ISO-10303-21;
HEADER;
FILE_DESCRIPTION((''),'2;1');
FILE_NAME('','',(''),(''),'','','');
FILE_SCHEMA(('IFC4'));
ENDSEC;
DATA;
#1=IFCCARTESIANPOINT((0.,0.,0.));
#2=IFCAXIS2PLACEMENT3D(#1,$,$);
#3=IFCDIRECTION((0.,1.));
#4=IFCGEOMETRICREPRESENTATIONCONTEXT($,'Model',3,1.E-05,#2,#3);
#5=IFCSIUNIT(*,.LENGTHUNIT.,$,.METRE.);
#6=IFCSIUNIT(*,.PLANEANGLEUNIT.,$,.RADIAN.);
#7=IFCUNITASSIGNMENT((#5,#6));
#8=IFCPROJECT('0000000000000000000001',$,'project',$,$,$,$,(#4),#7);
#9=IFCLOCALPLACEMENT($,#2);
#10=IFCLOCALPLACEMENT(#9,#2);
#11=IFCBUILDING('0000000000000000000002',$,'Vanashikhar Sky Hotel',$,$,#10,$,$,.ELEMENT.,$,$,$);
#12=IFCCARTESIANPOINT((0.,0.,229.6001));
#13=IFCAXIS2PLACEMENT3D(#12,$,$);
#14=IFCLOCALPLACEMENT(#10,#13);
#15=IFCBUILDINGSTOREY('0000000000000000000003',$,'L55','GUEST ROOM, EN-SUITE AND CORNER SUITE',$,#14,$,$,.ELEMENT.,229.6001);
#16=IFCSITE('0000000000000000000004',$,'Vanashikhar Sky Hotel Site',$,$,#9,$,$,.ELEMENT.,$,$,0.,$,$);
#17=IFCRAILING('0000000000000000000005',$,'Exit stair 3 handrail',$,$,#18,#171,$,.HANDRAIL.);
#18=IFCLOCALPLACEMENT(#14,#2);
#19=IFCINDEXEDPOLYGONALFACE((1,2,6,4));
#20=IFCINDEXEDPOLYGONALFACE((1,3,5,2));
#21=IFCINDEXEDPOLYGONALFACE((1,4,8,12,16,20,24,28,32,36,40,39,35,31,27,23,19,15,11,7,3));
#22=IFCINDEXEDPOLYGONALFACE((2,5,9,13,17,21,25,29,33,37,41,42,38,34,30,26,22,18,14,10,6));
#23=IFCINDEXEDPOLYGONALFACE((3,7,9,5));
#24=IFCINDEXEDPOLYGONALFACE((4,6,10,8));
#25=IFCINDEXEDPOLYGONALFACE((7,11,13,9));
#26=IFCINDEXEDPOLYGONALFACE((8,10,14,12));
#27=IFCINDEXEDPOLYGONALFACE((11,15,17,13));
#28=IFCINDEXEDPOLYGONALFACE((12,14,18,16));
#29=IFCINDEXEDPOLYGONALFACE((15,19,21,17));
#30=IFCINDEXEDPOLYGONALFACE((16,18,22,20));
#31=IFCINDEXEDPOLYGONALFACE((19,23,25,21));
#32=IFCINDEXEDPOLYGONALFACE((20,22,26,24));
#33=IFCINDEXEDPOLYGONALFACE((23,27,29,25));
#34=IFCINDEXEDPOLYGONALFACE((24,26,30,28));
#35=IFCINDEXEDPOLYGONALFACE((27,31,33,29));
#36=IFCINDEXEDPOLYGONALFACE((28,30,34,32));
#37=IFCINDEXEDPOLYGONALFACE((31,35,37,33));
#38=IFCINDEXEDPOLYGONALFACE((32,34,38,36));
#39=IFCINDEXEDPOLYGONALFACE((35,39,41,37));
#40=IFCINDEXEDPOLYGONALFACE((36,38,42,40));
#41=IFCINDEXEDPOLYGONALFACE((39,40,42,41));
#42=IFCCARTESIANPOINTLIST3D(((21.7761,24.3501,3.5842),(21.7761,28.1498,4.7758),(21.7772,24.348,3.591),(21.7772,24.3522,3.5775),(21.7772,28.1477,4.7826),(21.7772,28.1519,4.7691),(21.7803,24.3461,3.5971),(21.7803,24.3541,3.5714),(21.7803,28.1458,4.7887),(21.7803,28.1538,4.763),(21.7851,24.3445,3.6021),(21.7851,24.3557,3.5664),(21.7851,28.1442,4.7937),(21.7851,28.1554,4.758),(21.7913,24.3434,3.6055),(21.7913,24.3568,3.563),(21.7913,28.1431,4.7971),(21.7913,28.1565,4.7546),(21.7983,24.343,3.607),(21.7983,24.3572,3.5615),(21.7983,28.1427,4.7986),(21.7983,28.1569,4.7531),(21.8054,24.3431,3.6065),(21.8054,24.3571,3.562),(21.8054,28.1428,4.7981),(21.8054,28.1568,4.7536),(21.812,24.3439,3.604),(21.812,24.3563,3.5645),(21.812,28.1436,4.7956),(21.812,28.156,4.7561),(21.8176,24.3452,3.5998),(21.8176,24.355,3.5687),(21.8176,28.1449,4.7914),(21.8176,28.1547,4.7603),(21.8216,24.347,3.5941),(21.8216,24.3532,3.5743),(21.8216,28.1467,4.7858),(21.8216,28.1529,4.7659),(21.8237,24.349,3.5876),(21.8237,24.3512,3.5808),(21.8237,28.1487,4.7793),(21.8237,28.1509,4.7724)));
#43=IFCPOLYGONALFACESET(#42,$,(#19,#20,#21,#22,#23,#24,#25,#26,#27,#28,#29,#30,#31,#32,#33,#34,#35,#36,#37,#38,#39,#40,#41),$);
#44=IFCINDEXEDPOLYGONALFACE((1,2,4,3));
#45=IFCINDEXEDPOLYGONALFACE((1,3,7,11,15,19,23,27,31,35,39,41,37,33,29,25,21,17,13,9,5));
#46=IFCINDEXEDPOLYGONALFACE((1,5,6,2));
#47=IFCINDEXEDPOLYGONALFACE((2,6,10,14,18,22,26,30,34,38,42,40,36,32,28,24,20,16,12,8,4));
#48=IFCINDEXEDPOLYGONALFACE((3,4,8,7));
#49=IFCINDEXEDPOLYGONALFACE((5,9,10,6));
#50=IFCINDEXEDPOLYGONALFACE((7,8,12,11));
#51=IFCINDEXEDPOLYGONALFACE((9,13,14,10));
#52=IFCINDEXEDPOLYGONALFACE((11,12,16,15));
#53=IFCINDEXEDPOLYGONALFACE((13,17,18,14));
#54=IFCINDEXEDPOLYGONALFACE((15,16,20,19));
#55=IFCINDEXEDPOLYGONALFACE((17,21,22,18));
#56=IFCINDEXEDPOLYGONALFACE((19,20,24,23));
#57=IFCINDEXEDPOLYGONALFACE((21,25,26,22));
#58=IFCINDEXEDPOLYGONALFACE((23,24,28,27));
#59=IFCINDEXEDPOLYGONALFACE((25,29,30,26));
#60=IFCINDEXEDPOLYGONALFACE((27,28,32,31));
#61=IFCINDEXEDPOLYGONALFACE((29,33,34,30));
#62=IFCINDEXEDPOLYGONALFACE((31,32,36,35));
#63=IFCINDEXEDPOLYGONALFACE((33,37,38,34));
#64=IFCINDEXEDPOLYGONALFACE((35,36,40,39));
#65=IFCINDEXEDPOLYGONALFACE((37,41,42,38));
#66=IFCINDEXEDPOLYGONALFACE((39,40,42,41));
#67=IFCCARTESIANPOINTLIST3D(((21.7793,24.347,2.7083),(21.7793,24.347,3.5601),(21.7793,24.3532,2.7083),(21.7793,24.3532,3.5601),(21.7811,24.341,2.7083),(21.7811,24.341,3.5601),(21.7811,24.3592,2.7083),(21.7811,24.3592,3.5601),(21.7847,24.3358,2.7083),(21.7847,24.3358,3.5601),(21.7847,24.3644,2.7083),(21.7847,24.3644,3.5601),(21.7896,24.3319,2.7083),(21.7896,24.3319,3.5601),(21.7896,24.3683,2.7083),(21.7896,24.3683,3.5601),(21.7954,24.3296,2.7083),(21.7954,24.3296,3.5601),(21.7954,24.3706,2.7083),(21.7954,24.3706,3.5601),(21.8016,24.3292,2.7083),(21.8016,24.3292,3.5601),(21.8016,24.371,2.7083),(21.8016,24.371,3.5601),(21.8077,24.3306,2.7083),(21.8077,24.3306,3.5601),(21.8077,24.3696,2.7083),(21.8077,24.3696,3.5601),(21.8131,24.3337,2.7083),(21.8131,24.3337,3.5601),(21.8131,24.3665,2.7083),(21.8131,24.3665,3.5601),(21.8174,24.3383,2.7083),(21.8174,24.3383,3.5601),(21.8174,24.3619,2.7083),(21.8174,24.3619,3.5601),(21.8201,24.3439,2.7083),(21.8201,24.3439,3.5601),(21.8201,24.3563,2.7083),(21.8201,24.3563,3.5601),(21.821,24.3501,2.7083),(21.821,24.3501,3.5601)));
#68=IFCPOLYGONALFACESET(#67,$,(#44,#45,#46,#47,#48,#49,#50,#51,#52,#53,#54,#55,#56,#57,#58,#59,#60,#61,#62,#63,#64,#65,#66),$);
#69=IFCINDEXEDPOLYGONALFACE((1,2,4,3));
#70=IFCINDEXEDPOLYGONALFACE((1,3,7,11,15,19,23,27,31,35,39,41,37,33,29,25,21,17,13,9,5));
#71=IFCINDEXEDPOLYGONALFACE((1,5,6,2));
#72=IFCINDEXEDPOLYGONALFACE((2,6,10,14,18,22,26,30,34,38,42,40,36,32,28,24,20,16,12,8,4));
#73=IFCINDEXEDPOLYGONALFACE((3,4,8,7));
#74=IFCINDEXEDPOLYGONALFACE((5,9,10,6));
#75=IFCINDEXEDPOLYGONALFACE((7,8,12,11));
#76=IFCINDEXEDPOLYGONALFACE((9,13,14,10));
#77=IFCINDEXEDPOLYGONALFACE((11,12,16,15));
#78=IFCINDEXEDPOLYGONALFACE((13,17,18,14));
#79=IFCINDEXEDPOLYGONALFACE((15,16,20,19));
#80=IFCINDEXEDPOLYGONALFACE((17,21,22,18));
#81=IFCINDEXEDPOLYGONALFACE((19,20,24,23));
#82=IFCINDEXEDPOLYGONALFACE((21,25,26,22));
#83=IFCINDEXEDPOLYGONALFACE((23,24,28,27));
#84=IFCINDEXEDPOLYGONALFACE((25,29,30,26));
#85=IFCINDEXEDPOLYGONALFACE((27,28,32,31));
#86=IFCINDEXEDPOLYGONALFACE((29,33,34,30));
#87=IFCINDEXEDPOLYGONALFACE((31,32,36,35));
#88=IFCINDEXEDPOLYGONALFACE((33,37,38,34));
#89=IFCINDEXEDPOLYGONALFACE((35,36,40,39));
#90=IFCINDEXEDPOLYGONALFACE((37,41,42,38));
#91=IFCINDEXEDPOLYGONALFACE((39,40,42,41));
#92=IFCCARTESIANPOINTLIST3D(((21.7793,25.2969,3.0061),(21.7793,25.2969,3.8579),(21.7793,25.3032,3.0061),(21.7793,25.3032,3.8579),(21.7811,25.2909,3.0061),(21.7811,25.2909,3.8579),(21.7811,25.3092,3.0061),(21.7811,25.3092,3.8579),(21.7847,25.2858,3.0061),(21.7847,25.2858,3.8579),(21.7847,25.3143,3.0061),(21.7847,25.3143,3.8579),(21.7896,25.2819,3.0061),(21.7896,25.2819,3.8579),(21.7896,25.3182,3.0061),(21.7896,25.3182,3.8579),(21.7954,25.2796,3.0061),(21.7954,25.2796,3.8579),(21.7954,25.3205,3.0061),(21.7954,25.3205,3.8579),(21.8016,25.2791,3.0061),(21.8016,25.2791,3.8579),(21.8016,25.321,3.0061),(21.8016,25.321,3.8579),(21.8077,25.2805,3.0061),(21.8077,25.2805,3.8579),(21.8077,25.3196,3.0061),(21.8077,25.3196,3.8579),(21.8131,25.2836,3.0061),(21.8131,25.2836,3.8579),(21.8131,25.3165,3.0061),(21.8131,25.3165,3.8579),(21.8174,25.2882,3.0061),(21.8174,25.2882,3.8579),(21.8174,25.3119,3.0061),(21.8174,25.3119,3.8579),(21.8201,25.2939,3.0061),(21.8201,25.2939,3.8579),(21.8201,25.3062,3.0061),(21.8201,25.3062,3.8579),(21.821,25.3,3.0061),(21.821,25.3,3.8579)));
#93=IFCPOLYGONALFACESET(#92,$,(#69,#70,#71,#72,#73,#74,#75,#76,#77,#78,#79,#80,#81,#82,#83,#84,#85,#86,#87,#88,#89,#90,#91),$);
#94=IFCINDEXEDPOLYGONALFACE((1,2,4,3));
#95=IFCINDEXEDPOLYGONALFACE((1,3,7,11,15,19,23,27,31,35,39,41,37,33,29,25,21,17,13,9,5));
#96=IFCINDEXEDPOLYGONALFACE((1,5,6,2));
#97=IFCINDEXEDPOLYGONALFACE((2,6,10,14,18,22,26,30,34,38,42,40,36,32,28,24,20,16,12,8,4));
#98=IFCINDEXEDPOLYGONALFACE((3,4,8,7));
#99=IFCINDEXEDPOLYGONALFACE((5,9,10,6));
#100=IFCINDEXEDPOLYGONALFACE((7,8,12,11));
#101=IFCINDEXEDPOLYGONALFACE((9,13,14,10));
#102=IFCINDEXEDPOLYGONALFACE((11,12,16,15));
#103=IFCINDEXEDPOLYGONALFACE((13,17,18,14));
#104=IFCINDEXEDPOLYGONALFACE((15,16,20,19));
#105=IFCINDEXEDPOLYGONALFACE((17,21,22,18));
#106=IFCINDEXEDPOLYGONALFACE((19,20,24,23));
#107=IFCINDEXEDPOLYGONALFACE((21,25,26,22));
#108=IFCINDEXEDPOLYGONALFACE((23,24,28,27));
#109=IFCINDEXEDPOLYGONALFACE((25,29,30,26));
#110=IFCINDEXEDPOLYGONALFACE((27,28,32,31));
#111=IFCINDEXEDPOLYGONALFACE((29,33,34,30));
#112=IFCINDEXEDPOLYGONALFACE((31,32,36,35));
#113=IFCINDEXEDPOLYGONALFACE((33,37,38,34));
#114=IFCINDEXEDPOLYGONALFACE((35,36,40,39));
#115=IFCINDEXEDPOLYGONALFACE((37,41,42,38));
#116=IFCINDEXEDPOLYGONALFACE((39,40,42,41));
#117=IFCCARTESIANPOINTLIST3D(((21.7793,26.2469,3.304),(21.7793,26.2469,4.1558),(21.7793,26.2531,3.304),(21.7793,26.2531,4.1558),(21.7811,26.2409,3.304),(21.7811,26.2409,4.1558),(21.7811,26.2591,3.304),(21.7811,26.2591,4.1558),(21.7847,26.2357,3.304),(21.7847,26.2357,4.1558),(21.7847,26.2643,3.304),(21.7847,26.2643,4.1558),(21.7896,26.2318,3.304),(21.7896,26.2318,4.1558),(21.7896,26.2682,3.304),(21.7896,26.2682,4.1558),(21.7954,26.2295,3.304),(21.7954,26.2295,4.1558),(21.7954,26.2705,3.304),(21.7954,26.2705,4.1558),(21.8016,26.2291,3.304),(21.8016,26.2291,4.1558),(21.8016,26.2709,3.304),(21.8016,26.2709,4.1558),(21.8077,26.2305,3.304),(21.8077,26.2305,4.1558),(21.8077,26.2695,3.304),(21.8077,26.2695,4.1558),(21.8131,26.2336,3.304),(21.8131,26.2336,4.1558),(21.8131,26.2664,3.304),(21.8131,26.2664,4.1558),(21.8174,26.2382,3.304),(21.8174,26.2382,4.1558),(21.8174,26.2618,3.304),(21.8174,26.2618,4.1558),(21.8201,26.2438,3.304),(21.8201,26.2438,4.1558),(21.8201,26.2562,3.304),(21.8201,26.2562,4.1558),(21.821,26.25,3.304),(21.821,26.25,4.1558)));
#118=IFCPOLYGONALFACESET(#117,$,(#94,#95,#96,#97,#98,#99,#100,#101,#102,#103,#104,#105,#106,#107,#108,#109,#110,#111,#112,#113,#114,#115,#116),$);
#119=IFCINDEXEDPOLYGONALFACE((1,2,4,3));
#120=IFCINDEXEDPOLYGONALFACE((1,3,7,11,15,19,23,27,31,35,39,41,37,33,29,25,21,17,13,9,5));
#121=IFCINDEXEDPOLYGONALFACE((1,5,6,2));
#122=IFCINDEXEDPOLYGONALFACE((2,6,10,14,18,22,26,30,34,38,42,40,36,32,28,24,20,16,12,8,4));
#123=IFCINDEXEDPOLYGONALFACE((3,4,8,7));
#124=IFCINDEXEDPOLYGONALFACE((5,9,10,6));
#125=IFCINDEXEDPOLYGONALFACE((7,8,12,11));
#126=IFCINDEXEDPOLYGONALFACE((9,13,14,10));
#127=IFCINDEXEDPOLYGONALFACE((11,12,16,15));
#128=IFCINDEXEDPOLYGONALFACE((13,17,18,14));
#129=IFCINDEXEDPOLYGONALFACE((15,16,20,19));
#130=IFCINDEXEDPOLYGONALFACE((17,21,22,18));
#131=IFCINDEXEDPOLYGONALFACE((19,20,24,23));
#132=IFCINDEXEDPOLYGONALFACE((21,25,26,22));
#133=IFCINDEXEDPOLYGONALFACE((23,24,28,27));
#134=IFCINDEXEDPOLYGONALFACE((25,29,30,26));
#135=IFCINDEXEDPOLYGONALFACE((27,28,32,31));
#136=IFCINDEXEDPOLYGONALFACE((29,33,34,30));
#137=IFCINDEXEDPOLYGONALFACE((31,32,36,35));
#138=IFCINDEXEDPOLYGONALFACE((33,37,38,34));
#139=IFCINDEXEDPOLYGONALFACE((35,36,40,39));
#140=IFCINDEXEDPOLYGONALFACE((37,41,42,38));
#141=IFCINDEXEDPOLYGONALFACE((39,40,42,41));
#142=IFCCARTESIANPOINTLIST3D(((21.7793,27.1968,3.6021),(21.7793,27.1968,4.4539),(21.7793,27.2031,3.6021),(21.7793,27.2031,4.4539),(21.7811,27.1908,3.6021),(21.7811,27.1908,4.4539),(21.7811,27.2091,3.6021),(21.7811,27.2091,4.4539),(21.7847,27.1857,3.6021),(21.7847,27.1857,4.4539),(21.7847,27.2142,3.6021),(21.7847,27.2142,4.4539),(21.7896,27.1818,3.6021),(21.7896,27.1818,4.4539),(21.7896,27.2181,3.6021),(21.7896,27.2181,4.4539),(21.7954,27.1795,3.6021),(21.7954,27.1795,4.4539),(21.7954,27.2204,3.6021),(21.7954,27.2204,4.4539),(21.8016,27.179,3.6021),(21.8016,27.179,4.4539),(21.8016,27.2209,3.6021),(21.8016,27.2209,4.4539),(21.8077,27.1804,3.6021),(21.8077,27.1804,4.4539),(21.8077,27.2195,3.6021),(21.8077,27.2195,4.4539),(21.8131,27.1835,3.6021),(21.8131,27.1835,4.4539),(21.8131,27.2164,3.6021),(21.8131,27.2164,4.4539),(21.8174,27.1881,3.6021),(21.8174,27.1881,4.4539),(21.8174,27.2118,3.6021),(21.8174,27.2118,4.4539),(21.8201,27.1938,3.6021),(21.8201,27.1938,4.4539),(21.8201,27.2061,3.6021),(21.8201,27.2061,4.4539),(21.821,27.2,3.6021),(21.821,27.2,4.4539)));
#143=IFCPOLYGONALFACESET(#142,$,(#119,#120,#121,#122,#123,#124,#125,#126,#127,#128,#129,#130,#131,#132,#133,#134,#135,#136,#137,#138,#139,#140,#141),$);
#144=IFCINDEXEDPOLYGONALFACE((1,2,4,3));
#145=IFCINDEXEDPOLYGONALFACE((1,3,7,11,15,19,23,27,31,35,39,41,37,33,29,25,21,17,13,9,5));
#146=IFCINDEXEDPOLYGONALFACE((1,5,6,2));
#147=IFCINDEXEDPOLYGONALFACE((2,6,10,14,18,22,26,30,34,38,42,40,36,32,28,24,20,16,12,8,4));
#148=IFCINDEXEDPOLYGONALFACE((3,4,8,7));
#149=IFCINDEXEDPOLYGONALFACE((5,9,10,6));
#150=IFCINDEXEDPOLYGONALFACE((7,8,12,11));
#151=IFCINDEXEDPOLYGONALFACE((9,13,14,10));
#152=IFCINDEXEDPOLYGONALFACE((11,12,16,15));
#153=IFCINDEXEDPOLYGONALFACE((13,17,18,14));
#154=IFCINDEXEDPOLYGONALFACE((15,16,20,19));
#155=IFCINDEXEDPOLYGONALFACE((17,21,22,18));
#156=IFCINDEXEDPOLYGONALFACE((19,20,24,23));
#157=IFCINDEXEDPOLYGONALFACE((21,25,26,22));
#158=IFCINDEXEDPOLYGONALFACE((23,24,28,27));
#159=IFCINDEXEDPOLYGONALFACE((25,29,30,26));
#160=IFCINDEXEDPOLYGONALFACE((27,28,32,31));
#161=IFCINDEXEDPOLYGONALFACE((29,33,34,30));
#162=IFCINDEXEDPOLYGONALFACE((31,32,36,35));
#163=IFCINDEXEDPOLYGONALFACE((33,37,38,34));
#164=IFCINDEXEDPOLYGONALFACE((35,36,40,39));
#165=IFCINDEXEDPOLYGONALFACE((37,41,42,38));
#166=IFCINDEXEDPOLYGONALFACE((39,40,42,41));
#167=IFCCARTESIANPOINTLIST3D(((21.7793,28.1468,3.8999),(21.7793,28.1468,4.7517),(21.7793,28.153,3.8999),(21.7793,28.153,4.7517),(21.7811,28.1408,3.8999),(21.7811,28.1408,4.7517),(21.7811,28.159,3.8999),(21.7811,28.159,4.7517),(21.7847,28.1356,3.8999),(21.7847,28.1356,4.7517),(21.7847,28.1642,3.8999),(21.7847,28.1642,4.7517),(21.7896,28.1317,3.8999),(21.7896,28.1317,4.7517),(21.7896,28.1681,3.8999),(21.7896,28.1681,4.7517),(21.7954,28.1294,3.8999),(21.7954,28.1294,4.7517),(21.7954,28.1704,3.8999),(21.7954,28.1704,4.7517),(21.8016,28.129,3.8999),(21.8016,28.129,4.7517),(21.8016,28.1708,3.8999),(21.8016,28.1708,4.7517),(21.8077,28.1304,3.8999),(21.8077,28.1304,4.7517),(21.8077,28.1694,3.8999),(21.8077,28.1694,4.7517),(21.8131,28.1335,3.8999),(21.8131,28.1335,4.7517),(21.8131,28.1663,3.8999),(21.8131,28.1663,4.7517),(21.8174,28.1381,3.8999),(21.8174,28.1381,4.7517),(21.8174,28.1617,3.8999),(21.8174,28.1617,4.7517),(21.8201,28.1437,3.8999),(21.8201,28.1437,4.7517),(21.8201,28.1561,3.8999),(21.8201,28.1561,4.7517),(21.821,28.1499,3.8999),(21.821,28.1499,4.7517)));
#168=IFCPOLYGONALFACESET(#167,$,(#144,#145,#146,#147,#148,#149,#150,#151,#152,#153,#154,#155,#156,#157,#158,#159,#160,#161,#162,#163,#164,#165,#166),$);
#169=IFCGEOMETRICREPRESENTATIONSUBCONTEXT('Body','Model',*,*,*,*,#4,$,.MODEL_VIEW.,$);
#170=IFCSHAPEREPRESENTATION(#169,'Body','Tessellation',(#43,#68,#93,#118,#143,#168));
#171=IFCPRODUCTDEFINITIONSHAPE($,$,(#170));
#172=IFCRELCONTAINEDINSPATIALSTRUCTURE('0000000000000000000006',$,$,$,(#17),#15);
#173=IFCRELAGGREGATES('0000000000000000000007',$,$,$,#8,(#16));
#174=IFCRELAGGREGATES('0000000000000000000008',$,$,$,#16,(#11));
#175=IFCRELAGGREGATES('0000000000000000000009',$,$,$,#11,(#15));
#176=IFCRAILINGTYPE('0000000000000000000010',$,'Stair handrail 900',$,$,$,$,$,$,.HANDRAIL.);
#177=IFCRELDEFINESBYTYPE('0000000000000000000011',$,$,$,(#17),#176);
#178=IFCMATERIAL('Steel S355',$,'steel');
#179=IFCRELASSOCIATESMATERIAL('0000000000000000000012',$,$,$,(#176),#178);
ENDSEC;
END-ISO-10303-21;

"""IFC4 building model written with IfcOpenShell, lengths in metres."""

from ifc_helpers import new_model, si_unit, direction, frame, origin, origin_2d, place, context, subcontext, project, spatial, circle, extrude, source, transform, mapped, material, type_object, element, save


model = new_model("IFC4")

# Units and contexts
model_context = context("Model", 3, precision=1e-05, world=origin(), true_north=direction((0.0, 1.0)))
body_context = subcontext(model_context, "Body", "Model", "MODEL_VIEW")
ifc_project = project(units=[si_unit("LENGTHUNIT", "METRE"), si_unit("PLANEANGLEUNIT", "RADIAN")], contexts=[model_context])

# Site, building, storey
site_placement = place(None, origin())
site = spatial("IfcSite", under=ifc_project, at=site_placement, Name="Vanashikhar Sky Hotel Site", CompositionType="ELEMENT", RefElevation=0.0)
building_placement = place(site_placement, origin())
building = spatial("IfcBuilding", under=site, at=building_placement, Name="Vanashikhar Sky Hotel", CompositionType="ELEMENT")
storey_placement = place(building_placement, frame((0.0, 0.0, 229.6001)))
storey = spatial("IfcBuildingStorey", under=building, at=storey_placement, Name="L55", Description="GUEST ROOM, EN-SUITE AND CORNER SUITE", CompositionType="ELEMENT", Elevation=229.6001)

# Railing
ifc_material_1 = material(Name="Steel S355", Category="steel")
railing_type = type_object("IfcRailingType", Name="Stair handrail 900", PredefinedType="HANDRAIL", material=ifc_material_1)
shared_shape_1 = source(origin(), body_context, "Body", "SweptSolid", [
    extrude(circle(Radius=0.0239, at=origin_2d()), frame((0.0, 0.0, 0.876), z_axis=(0.0, 0.954178, 0.299238), x_axis=(-1.0, 0.0, 0.0)), (0.0, 0.0, 1.0), 3.9822),
    extrude(circle(Radius=0.021, at=origin_2d()), origin(), (0.0, 0.0, 1.0), 0.8518),
    extrude(circle(Radius=0.021, at=origin_2d()), frame((0.0, 0.95, 0.2979)), (0.0, 0.0, 1.0), 0.8518),
    extrude(circle(Radius=0.021, at=origin_2d()), frame((0.0, 1.8999, 0.5957)), (0.0, 0.0, 1.0), 0.8518),
    extrude(circle(Radius=0.021, at=origin_2d()), frame((0.0, 2.8499, 0.8938)), (0.0, 0.0, 1.0), 0.8518),
    extrude(circle(Radius=0.021, at=origin_2d()), frame((0.0, 3.7998, 1.1917)), (0.0, 0.0, 1.0), 0.8518),
])
for number, where, name in (
    (1, (21.8, 24.3501, 2.7083), "Exit stair 3 handrail"),
):
    element("IfcRailing", number, at=place(storey_placement, frame(where)), inside=storey, type_object=railing_type, Name=name, PredefinedType="HANDRAIL", context=body_context, shape_type="MappedRepresentation", body=[
        mapped(shared_shape_1, transform((0.0, 0.0, 0.0), scale=1.0)),
    ])

save(model, "model.ifc")
